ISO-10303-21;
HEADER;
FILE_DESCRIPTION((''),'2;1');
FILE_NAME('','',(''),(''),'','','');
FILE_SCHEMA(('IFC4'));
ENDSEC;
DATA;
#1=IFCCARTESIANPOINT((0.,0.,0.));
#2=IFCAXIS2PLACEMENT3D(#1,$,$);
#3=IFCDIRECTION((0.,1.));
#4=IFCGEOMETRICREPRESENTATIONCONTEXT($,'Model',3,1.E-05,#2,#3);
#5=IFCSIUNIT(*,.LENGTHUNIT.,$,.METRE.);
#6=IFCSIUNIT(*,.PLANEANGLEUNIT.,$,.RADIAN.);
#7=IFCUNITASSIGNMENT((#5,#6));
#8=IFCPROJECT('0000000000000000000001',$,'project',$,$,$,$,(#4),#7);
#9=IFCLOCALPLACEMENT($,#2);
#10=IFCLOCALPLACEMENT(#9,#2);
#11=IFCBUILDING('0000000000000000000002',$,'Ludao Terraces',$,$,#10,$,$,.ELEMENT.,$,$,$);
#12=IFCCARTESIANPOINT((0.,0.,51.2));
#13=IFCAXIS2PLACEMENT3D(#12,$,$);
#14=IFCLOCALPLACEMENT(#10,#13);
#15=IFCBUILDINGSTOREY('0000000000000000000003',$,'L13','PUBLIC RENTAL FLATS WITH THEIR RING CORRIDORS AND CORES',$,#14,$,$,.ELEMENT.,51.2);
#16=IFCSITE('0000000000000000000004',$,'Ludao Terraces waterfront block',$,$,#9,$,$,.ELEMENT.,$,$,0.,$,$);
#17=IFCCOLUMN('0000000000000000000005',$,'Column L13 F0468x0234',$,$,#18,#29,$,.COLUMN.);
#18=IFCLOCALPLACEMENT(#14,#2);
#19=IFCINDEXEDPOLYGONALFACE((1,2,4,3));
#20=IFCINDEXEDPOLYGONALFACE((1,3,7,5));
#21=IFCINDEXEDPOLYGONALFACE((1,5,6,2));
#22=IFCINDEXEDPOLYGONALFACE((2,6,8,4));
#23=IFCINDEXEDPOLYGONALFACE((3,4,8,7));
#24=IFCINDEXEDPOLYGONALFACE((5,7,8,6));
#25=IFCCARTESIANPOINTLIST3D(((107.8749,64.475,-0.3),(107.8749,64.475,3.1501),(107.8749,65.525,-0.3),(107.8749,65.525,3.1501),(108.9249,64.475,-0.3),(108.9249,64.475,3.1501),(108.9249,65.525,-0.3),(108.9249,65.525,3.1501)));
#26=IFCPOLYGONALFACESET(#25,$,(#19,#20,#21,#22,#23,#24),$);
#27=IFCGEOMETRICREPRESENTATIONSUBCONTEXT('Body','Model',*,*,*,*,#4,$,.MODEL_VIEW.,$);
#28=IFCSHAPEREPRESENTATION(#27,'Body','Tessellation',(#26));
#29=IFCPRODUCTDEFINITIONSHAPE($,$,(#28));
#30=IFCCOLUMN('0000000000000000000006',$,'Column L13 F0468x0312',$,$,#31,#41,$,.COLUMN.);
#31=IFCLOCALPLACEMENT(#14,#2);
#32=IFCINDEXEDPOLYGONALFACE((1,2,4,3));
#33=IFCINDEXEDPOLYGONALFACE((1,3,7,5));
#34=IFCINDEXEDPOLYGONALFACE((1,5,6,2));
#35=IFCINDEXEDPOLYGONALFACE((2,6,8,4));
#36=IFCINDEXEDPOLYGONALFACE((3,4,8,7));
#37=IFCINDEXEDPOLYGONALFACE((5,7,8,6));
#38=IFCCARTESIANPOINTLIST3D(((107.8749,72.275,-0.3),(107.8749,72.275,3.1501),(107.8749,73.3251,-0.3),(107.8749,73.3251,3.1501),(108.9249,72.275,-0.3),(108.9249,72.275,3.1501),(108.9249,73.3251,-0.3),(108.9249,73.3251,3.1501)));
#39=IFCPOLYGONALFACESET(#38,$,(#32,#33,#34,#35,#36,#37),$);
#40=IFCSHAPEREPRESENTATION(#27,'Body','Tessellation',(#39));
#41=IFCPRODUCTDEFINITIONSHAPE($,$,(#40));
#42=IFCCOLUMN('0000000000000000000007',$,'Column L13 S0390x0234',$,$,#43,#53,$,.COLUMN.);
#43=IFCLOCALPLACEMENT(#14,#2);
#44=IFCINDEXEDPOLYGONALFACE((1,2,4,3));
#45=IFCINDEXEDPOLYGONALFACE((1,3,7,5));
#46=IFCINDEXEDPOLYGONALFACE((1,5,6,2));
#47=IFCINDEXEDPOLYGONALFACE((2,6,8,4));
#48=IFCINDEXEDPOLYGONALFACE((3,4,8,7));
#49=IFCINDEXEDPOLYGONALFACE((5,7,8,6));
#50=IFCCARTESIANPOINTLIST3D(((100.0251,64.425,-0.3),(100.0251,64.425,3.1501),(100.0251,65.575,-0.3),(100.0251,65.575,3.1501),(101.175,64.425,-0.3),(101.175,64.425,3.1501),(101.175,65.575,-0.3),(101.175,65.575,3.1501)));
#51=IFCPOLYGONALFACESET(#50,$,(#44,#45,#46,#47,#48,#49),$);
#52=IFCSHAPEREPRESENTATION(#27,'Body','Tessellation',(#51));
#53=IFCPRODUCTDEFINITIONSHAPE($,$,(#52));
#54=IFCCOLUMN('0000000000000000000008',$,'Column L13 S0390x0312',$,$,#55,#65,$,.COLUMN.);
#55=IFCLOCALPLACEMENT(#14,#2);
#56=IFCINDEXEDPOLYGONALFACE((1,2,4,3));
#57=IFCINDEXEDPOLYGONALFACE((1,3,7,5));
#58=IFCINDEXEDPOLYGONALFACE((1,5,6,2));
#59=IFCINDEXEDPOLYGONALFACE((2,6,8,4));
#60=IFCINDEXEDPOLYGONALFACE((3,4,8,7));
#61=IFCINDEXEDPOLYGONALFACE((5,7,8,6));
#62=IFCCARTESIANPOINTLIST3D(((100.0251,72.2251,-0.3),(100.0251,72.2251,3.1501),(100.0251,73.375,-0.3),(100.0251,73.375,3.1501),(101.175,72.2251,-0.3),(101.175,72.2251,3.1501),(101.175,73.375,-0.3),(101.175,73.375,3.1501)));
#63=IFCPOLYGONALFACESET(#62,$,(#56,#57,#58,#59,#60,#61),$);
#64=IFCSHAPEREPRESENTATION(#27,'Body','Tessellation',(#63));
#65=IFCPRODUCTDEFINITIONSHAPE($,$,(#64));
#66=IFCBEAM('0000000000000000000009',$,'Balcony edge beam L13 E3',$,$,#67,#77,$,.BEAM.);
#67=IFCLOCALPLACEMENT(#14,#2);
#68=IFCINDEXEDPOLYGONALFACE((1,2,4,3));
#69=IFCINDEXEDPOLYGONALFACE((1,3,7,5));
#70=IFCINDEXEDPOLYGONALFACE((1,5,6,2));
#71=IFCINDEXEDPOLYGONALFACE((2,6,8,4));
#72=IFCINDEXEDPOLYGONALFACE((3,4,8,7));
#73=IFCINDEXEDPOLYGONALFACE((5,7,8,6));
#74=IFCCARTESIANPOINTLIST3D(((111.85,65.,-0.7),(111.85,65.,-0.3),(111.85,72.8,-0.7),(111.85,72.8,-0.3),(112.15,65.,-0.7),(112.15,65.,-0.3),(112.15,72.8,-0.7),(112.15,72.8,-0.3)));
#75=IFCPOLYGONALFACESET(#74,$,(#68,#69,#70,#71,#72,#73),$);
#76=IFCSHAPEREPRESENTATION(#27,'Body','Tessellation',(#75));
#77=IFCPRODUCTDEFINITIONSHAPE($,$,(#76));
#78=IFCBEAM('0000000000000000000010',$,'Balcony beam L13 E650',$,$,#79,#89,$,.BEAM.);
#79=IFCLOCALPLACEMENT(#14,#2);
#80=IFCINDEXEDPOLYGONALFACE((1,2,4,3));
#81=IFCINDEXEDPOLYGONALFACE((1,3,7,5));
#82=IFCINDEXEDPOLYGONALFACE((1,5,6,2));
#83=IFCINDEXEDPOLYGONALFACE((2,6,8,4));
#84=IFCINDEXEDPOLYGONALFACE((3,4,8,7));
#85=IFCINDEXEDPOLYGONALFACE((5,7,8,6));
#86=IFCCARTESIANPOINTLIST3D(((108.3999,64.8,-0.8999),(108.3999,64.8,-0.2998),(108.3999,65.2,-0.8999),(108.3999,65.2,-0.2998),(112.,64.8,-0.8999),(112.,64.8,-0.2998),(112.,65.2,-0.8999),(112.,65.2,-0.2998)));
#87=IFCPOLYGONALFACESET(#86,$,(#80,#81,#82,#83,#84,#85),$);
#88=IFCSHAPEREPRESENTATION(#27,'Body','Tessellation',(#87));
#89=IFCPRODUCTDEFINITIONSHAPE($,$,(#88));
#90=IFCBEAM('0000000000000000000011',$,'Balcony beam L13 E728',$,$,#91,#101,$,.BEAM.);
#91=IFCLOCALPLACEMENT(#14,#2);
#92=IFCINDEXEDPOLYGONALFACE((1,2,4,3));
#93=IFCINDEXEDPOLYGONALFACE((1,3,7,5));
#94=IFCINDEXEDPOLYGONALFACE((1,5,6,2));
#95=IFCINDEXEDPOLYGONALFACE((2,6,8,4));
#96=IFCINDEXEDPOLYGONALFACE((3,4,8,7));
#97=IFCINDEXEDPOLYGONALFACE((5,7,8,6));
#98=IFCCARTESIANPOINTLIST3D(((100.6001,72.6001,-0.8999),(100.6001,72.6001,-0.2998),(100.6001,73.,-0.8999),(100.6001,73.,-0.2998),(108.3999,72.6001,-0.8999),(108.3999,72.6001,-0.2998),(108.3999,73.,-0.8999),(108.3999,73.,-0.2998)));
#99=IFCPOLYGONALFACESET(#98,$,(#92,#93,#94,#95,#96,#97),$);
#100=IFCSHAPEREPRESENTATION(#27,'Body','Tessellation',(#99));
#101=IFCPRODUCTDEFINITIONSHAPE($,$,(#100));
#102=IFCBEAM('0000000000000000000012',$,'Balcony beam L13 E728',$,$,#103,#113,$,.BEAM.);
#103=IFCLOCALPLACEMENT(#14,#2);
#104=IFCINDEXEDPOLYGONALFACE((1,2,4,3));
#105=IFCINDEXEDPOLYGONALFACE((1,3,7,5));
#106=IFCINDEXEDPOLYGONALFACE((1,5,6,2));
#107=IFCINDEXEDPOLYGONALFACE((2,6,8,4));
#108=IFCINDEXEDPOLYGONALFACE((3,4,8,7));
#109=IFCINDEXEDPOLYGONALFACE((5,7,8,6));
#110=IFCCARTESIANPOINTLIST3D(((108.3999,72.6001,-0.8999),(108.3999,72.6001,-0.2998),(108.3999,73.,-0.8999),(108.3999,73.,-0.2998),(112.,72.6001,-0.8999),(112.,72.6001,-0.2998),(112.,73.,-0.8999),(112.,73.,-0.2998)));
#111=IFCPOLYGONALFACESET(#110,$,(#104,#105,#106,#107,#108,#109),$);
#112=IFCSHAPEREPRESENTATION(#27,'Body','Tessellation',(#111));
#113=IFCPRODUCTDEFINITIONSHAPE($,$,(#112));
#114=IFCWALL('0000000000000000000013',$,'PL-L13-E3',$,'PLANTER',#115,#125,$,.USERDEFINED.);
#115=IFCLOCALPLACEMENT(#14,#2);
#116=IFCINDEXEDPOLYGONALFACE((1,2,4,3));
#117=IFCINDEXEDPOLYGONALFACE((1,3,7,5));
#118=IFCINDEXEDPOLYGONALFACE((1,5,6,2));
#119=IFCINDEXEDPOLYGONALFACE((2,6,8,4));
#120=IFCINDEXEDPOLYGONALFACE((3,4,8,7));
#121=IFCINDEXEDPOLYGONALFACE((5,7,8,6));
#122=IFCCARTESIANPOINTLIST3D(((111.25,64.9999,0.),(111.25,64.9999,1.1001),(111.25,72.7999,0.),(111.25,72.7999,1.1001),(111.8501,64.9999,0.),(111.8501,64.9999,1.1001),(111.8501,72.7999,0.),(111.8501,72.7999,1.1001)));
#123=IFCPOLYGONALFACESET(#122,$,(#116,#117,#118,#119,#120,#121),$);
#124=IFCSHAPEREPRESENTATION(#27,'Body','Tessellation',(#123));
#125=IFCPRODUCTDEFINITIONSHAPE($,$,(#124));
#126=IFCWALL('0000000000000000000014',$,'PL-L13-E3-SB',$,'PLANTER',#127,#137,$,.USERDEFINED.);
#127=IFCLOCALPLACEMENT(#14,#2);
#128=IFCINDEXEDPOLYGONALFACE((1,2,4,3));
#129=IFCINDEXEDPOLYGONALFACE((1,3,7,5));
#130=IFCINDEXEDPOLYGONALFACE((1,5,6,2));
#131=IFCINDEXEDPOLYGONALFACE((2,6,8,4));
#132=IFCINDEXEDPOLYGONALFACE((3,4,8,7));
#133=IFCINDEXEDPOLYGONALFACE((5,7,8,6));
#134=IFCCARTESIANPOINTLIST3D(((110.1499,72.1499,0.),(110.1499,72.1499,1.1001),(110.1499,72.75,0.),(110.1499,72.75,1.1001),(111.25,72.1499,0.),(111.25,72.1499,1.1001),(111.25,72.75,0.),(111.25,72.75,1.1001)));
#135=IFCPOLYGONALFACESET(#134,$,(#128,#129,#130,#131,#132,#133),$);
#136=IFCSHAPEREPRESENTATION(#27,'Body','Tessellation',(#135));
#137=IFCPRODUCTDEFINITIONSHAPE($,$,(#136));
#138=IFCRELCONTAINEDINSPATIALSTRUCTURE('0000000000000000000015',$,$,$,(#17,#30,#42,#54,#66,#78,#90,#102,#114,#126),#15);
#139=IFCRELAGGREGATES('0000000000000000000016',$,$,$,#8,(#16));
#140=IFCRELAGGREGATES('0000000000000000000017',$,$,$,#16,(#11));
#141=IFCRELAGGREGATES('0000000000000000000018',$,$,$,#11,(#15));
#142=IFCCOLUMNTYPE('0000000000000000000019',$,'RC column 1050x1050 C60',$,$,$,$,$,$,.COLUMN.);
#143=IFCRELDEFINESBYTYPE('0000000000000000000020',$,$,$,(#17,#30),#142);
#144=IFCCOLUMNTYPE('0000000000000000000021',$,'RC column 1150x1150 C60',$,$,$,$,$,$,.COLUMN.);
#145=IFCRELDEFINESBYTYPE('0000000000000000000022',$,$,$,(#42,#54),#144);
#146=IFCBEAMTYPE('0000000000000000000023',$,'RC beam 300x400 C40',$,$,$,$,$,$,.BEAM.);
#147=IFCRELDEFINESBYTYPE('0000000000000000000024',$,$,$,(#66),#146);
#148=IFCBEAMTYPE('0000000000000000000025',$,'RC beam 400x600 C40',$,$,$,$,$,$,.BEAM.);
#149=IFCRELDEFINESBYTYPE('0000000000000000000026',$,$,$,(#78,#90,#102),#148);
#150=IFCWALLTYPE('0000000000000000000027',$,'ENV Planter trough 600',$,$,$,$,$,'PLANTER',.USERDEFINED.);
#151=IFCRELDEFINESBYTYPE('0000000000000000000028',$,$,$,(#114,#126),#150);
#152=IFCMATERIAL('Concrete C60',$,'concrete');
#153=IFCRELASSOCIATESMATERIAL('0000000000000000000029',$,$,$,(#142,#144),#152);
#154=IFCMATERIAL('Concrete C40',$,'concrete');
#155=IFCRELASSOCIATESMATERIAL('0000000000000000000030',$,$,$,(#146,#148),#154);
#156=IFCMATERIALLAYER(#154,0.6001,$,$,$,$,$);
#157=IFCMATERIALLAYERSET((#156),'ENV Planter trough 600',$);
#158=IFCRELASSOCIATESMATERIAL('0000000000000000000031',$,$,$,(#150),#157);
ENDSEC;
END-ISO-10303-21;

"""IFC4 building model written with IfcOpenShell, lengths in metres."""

from ifc_helpers import new_model, si_unit, direction, frame, frame_2d, origin, origin_2d, place, context, subcontext, project, spatial, rectangle, extrude, material, layer, layer_set, material_profile, profile_set, type_object, element, save


model = new_model("IFC4")

# Units and contexts
model_context = context("Model", 3, precision=1e-05, world=origin(), true_north=direction((0.0, 1.0)))
body_context = subcontext(model_context, "Body", "Model", "MODEL_VIEW")
ifc_project = project(units=[si_unit("LENGTHUNIT", "METRE"), si_unit("PLANEANGLEUNIT", "RADIAN")], contexts=[model_context])

# Site, building, storey
site_placement = place(None, origin())
site = spatial("IfcSite", under=ifc_project, at=site_placement, Name="Ludao Terraces waterfront block", CompositionType="ELEMENT", RefElevation=0.0)
building_placement = place(site_placement, origin())
building = spatial("IfcBuilding", under=site, at=building_placement, Name="Ludao Terraces", CompositionType="ELEMENT")
storey_placement = place(building_placement, frame((0.0, 0.0, 51.2)))
storey = spatial("IfcBuildingStorey", under=building, at=storey_placement, Name="L13", Description="PUBLIC RENTAL FLATS WITH THEIR RING CORRIDORS AND CORES", CompositionType="ELEMENT", Elevation=51.2)

# Columns
ifc_material_1 = material(Name="Concrete C60", Category="concrete")
ifc_material_profile_1 = material_profile(ifc_material_1, rectangle(XDim=1.05, YDim=1.05, at=origin_2d()), Name="1050 X 1050")
ifc_profile_set_1 = profile_set([ifc_material_profile_1], Name="Concrete C60")
column_type_1 = type_object("IfcColumnType", Name="RC column 1050x1050 C60", PredefinedType="COLUMN", material=ifc_profile_set_1)
for number, where, z_axis, x_axis, name in (
    (1, (108.3999, 65.0, -0.3), (0.0, 0.0, 1.0), (1.0, 0.0, 0.0), "Column L13 F0468x0234"),
    (2, (108.3999, 72.8, -0.3), (0.0, 0.0, 1.0), (1.0, 0.0, 0.0), "Column L13 F0468x0312"),
):
    element("IfcColumn", number, at=place(storey_placement, frame(where, z_axis=z_axis, x_axis=x_axis)), inside=storey, type_object=column_type_1, Name=name, PredefinedType="COLUMN", context=body_context, shape_type="SweptSolid", body=[
        extrude(rectangle(XDim=1.05, YDim=1.05, at=origin_2d()), origin(), (0.0, 0.0, 1.0), 3.4502),
    ])
ifc_material_profile_2 = material_profile(ifc_material_1, rectangle(XDim=1.1499, YDim=1.1499, at=origin_2d()), Name="1150 X 1150")
ifc_profile_set_2 = profile_set([ifc_material_profile_2], Name="Concrete C60")
column_type_2 = type_object("IfcColumnType", Name="RC column 1150x1150 C60", PredefinedType="COLUMN", material=ifc_profile_set_2)
for number, where, z_axis, x_axis, name in (
    (3, (100.6001, 65.0, -0.3), (0.0, 0.0, 1.0), (1.0, 0.0, 0.0), "Column L13 S0390x0234"),
    (4, (100.6001, 72.8, -0.3), (0.0, 0.0, 1.0), (1.0, 0.0, 0.0), "Column L13 S0390x0312"),
):
    element("IfcColumn", number, at=place(storey_placement, frame(where, z_axis=z_axis, x_axis=x_axis)), inside=storey, type_object=column_type_2, Name=name, PredefinedType="COLUMN", context=body_context, shape_type="SweptSolid", body=[
        extrude(rectangle(XDim=1.1499, YDim=1.1499, at=origin_2d()), origin(), (0.0, 0.0, 1.0), 3.4502),
    ])

# Beams
ifc_material_2 = material(Name="Concrete C40", Category="concrete")
ifc_material_profile_3 = material_profile(ifc_material_2, rectangle(XDim=0.3, YDim=0.3999, at=origin_2d()), Name="300 X 400")
ifc_profile_set_3 = profile_set([ifc_material_profile_3], Name="Concrete C40")
beam_type_1 = type_object("IfcBeamType", Name="RC beam 300x400 C40", PredefinedType="BEAM", material=ifc_profile_set_3)
beam_1_placement = place(storey_placement, frame((112.0, 65.0, -0.5), z_axis=(0.0, 1.0, 0.0), x_axis=(-1.0, 0.0, 0.0)))
element("IfcBeam", 5, at=beam_1_placement, inside=storey, type_object=beam_type_1, Name="Balcony edge beam L13 E3", PredefinedType="BEAM", context=body_context, shape_type="SweptSolid", body=[
    extrude(rectangle(XDim=0.3, YDim=0.3999, at=origin_2d()), origin(), (0.0, 0.0, 1.0), 7.8),
])
ifc_material_profile_4 = material_profile(ifc_material_2, rectangle(XDim=0.3999, YDim=0.6001, at=origin_2d()), Name="400 X 600")
ifc_profile_set_4 = profile_set([ifc_material_profile_4], Name="Concrete C40")
beam_type_2 = type_object("IfcBeamType", Name="RC beam 400x600 C40", PredefinedType="BEAM", material=ifc_profile_set_4)
beam_2_placement = place(storey_placement, frame((108.3999, 65.0, -0.5999), z_axis=(1.0, 0.0, 0.0), x_axis=(0.0, 1.0, 0.0)))
element("IfcBeam", 6, at=beam_2_placement, inside=storey, type_object=beam_type_2, Name="Balcony beam L13 E650", PredefinedType="BEAM", context=body_context, shape_type="SweptSolid", body=[
    extrude(rectangle(XDim=0.3999, YDim=0.6001, at=origin_2d()), origin(), (0.0, 0.0, 1.0), 3.6001),
])
beam_3_placement = place(storey_placement, frame((100.6001, 72.8, -0.5999), z_axis=(1.0, 0.0, 0.0), x_axis=(0.0, 1.0, 0.0)))
element("IfcBeam", 7, at=beam_3_placement, inside=storey, type_object=beam_type_2, Name="Balcony beam L13 E728", PredefinedType="BEAM", context=body_context, shape_type="SweptSolid", body=[
    extrude(rectangle(XDim=0.3999, YDim=0.6001, at=origin_2d()), origin(), (0.0, 0.0, 1.0), 7.7998),
])
beam_4_placement = place(storey_placement, frame((108.3999, 72.8, -0.5999), z_axis=(1.0, 0.0, 0.0), x_axis=(0.0, 1.0, 0.0)))
element("IfcBeam", 8, at=beam_4_placement, inside=storey, type_object=beam_type_2, Name="Balcony beam L13 E728", PredefinedType="BEAM", context=body_context, shape_type="SweptSolid", body=[
    extrude(rectangle(XDim=0.3999, YDim=0.6001, at=origin_2d()), origin(), (0.0, 0.0, 1.0), 3.6001),
])

# Walls
ifc_layer_1 = layer(ifc_material_2, 0.6001)
ifc_layer_set_1 = layer_set([ifc_layer_1], Name="ENV Planter trough 600")
wall_type_1 = type_object("IfcWallType", Name="ENV Planter trough 600", ElementType="PLANTER", PredefinedType="USERDEFINED", material=ifc_layer_set_1)
wall_1_placement = place(storey_placement, frame((111.55, 65.0, 0.0), z_axis=(0.0, 0.0, 1.0), x_axis=(0.0, 1.0, 0.0)))
element("IfcWall", 9, at=wall_1_placement, inside=storey, type_object=wall_type_1, Name="PL-L13-E3", ObjectType="PLANTER", PredefinedType="USERDEFINED", context=body_context, shape_type="SweptSolid", body=[
    extrude(rectangle(XDim=7.8, YDim=0.6001, at=frame_2d((3.8999, 0.0))), origin(), (0.0, 0.0, 1.0), 1.1001),
])
wall_2_placement = place(storey_placement, frame((111.25, 72.45, 0.0), z_axis=(0.0, 0.0, 1.0), x_axis=(-1.0, 0.0, 0.0)))
element("IfcWall", 10, at=wall_2_placement, inside=storey, type_object=wall_type_1, Name="PL-L13-E3-SB", ObjectType="PLANTER", PredefinedType="USERDEFINED", context=body_context, shape_type="SweptSolid", body=[
    extrude(rectangle(XDim=1.1001, YDim=0.6001, at=frame_2d((0.55, 0.0))), origin(), (0.0, 0.0, 1.0), 1.1001),
])

save(model, "model.ifc")
